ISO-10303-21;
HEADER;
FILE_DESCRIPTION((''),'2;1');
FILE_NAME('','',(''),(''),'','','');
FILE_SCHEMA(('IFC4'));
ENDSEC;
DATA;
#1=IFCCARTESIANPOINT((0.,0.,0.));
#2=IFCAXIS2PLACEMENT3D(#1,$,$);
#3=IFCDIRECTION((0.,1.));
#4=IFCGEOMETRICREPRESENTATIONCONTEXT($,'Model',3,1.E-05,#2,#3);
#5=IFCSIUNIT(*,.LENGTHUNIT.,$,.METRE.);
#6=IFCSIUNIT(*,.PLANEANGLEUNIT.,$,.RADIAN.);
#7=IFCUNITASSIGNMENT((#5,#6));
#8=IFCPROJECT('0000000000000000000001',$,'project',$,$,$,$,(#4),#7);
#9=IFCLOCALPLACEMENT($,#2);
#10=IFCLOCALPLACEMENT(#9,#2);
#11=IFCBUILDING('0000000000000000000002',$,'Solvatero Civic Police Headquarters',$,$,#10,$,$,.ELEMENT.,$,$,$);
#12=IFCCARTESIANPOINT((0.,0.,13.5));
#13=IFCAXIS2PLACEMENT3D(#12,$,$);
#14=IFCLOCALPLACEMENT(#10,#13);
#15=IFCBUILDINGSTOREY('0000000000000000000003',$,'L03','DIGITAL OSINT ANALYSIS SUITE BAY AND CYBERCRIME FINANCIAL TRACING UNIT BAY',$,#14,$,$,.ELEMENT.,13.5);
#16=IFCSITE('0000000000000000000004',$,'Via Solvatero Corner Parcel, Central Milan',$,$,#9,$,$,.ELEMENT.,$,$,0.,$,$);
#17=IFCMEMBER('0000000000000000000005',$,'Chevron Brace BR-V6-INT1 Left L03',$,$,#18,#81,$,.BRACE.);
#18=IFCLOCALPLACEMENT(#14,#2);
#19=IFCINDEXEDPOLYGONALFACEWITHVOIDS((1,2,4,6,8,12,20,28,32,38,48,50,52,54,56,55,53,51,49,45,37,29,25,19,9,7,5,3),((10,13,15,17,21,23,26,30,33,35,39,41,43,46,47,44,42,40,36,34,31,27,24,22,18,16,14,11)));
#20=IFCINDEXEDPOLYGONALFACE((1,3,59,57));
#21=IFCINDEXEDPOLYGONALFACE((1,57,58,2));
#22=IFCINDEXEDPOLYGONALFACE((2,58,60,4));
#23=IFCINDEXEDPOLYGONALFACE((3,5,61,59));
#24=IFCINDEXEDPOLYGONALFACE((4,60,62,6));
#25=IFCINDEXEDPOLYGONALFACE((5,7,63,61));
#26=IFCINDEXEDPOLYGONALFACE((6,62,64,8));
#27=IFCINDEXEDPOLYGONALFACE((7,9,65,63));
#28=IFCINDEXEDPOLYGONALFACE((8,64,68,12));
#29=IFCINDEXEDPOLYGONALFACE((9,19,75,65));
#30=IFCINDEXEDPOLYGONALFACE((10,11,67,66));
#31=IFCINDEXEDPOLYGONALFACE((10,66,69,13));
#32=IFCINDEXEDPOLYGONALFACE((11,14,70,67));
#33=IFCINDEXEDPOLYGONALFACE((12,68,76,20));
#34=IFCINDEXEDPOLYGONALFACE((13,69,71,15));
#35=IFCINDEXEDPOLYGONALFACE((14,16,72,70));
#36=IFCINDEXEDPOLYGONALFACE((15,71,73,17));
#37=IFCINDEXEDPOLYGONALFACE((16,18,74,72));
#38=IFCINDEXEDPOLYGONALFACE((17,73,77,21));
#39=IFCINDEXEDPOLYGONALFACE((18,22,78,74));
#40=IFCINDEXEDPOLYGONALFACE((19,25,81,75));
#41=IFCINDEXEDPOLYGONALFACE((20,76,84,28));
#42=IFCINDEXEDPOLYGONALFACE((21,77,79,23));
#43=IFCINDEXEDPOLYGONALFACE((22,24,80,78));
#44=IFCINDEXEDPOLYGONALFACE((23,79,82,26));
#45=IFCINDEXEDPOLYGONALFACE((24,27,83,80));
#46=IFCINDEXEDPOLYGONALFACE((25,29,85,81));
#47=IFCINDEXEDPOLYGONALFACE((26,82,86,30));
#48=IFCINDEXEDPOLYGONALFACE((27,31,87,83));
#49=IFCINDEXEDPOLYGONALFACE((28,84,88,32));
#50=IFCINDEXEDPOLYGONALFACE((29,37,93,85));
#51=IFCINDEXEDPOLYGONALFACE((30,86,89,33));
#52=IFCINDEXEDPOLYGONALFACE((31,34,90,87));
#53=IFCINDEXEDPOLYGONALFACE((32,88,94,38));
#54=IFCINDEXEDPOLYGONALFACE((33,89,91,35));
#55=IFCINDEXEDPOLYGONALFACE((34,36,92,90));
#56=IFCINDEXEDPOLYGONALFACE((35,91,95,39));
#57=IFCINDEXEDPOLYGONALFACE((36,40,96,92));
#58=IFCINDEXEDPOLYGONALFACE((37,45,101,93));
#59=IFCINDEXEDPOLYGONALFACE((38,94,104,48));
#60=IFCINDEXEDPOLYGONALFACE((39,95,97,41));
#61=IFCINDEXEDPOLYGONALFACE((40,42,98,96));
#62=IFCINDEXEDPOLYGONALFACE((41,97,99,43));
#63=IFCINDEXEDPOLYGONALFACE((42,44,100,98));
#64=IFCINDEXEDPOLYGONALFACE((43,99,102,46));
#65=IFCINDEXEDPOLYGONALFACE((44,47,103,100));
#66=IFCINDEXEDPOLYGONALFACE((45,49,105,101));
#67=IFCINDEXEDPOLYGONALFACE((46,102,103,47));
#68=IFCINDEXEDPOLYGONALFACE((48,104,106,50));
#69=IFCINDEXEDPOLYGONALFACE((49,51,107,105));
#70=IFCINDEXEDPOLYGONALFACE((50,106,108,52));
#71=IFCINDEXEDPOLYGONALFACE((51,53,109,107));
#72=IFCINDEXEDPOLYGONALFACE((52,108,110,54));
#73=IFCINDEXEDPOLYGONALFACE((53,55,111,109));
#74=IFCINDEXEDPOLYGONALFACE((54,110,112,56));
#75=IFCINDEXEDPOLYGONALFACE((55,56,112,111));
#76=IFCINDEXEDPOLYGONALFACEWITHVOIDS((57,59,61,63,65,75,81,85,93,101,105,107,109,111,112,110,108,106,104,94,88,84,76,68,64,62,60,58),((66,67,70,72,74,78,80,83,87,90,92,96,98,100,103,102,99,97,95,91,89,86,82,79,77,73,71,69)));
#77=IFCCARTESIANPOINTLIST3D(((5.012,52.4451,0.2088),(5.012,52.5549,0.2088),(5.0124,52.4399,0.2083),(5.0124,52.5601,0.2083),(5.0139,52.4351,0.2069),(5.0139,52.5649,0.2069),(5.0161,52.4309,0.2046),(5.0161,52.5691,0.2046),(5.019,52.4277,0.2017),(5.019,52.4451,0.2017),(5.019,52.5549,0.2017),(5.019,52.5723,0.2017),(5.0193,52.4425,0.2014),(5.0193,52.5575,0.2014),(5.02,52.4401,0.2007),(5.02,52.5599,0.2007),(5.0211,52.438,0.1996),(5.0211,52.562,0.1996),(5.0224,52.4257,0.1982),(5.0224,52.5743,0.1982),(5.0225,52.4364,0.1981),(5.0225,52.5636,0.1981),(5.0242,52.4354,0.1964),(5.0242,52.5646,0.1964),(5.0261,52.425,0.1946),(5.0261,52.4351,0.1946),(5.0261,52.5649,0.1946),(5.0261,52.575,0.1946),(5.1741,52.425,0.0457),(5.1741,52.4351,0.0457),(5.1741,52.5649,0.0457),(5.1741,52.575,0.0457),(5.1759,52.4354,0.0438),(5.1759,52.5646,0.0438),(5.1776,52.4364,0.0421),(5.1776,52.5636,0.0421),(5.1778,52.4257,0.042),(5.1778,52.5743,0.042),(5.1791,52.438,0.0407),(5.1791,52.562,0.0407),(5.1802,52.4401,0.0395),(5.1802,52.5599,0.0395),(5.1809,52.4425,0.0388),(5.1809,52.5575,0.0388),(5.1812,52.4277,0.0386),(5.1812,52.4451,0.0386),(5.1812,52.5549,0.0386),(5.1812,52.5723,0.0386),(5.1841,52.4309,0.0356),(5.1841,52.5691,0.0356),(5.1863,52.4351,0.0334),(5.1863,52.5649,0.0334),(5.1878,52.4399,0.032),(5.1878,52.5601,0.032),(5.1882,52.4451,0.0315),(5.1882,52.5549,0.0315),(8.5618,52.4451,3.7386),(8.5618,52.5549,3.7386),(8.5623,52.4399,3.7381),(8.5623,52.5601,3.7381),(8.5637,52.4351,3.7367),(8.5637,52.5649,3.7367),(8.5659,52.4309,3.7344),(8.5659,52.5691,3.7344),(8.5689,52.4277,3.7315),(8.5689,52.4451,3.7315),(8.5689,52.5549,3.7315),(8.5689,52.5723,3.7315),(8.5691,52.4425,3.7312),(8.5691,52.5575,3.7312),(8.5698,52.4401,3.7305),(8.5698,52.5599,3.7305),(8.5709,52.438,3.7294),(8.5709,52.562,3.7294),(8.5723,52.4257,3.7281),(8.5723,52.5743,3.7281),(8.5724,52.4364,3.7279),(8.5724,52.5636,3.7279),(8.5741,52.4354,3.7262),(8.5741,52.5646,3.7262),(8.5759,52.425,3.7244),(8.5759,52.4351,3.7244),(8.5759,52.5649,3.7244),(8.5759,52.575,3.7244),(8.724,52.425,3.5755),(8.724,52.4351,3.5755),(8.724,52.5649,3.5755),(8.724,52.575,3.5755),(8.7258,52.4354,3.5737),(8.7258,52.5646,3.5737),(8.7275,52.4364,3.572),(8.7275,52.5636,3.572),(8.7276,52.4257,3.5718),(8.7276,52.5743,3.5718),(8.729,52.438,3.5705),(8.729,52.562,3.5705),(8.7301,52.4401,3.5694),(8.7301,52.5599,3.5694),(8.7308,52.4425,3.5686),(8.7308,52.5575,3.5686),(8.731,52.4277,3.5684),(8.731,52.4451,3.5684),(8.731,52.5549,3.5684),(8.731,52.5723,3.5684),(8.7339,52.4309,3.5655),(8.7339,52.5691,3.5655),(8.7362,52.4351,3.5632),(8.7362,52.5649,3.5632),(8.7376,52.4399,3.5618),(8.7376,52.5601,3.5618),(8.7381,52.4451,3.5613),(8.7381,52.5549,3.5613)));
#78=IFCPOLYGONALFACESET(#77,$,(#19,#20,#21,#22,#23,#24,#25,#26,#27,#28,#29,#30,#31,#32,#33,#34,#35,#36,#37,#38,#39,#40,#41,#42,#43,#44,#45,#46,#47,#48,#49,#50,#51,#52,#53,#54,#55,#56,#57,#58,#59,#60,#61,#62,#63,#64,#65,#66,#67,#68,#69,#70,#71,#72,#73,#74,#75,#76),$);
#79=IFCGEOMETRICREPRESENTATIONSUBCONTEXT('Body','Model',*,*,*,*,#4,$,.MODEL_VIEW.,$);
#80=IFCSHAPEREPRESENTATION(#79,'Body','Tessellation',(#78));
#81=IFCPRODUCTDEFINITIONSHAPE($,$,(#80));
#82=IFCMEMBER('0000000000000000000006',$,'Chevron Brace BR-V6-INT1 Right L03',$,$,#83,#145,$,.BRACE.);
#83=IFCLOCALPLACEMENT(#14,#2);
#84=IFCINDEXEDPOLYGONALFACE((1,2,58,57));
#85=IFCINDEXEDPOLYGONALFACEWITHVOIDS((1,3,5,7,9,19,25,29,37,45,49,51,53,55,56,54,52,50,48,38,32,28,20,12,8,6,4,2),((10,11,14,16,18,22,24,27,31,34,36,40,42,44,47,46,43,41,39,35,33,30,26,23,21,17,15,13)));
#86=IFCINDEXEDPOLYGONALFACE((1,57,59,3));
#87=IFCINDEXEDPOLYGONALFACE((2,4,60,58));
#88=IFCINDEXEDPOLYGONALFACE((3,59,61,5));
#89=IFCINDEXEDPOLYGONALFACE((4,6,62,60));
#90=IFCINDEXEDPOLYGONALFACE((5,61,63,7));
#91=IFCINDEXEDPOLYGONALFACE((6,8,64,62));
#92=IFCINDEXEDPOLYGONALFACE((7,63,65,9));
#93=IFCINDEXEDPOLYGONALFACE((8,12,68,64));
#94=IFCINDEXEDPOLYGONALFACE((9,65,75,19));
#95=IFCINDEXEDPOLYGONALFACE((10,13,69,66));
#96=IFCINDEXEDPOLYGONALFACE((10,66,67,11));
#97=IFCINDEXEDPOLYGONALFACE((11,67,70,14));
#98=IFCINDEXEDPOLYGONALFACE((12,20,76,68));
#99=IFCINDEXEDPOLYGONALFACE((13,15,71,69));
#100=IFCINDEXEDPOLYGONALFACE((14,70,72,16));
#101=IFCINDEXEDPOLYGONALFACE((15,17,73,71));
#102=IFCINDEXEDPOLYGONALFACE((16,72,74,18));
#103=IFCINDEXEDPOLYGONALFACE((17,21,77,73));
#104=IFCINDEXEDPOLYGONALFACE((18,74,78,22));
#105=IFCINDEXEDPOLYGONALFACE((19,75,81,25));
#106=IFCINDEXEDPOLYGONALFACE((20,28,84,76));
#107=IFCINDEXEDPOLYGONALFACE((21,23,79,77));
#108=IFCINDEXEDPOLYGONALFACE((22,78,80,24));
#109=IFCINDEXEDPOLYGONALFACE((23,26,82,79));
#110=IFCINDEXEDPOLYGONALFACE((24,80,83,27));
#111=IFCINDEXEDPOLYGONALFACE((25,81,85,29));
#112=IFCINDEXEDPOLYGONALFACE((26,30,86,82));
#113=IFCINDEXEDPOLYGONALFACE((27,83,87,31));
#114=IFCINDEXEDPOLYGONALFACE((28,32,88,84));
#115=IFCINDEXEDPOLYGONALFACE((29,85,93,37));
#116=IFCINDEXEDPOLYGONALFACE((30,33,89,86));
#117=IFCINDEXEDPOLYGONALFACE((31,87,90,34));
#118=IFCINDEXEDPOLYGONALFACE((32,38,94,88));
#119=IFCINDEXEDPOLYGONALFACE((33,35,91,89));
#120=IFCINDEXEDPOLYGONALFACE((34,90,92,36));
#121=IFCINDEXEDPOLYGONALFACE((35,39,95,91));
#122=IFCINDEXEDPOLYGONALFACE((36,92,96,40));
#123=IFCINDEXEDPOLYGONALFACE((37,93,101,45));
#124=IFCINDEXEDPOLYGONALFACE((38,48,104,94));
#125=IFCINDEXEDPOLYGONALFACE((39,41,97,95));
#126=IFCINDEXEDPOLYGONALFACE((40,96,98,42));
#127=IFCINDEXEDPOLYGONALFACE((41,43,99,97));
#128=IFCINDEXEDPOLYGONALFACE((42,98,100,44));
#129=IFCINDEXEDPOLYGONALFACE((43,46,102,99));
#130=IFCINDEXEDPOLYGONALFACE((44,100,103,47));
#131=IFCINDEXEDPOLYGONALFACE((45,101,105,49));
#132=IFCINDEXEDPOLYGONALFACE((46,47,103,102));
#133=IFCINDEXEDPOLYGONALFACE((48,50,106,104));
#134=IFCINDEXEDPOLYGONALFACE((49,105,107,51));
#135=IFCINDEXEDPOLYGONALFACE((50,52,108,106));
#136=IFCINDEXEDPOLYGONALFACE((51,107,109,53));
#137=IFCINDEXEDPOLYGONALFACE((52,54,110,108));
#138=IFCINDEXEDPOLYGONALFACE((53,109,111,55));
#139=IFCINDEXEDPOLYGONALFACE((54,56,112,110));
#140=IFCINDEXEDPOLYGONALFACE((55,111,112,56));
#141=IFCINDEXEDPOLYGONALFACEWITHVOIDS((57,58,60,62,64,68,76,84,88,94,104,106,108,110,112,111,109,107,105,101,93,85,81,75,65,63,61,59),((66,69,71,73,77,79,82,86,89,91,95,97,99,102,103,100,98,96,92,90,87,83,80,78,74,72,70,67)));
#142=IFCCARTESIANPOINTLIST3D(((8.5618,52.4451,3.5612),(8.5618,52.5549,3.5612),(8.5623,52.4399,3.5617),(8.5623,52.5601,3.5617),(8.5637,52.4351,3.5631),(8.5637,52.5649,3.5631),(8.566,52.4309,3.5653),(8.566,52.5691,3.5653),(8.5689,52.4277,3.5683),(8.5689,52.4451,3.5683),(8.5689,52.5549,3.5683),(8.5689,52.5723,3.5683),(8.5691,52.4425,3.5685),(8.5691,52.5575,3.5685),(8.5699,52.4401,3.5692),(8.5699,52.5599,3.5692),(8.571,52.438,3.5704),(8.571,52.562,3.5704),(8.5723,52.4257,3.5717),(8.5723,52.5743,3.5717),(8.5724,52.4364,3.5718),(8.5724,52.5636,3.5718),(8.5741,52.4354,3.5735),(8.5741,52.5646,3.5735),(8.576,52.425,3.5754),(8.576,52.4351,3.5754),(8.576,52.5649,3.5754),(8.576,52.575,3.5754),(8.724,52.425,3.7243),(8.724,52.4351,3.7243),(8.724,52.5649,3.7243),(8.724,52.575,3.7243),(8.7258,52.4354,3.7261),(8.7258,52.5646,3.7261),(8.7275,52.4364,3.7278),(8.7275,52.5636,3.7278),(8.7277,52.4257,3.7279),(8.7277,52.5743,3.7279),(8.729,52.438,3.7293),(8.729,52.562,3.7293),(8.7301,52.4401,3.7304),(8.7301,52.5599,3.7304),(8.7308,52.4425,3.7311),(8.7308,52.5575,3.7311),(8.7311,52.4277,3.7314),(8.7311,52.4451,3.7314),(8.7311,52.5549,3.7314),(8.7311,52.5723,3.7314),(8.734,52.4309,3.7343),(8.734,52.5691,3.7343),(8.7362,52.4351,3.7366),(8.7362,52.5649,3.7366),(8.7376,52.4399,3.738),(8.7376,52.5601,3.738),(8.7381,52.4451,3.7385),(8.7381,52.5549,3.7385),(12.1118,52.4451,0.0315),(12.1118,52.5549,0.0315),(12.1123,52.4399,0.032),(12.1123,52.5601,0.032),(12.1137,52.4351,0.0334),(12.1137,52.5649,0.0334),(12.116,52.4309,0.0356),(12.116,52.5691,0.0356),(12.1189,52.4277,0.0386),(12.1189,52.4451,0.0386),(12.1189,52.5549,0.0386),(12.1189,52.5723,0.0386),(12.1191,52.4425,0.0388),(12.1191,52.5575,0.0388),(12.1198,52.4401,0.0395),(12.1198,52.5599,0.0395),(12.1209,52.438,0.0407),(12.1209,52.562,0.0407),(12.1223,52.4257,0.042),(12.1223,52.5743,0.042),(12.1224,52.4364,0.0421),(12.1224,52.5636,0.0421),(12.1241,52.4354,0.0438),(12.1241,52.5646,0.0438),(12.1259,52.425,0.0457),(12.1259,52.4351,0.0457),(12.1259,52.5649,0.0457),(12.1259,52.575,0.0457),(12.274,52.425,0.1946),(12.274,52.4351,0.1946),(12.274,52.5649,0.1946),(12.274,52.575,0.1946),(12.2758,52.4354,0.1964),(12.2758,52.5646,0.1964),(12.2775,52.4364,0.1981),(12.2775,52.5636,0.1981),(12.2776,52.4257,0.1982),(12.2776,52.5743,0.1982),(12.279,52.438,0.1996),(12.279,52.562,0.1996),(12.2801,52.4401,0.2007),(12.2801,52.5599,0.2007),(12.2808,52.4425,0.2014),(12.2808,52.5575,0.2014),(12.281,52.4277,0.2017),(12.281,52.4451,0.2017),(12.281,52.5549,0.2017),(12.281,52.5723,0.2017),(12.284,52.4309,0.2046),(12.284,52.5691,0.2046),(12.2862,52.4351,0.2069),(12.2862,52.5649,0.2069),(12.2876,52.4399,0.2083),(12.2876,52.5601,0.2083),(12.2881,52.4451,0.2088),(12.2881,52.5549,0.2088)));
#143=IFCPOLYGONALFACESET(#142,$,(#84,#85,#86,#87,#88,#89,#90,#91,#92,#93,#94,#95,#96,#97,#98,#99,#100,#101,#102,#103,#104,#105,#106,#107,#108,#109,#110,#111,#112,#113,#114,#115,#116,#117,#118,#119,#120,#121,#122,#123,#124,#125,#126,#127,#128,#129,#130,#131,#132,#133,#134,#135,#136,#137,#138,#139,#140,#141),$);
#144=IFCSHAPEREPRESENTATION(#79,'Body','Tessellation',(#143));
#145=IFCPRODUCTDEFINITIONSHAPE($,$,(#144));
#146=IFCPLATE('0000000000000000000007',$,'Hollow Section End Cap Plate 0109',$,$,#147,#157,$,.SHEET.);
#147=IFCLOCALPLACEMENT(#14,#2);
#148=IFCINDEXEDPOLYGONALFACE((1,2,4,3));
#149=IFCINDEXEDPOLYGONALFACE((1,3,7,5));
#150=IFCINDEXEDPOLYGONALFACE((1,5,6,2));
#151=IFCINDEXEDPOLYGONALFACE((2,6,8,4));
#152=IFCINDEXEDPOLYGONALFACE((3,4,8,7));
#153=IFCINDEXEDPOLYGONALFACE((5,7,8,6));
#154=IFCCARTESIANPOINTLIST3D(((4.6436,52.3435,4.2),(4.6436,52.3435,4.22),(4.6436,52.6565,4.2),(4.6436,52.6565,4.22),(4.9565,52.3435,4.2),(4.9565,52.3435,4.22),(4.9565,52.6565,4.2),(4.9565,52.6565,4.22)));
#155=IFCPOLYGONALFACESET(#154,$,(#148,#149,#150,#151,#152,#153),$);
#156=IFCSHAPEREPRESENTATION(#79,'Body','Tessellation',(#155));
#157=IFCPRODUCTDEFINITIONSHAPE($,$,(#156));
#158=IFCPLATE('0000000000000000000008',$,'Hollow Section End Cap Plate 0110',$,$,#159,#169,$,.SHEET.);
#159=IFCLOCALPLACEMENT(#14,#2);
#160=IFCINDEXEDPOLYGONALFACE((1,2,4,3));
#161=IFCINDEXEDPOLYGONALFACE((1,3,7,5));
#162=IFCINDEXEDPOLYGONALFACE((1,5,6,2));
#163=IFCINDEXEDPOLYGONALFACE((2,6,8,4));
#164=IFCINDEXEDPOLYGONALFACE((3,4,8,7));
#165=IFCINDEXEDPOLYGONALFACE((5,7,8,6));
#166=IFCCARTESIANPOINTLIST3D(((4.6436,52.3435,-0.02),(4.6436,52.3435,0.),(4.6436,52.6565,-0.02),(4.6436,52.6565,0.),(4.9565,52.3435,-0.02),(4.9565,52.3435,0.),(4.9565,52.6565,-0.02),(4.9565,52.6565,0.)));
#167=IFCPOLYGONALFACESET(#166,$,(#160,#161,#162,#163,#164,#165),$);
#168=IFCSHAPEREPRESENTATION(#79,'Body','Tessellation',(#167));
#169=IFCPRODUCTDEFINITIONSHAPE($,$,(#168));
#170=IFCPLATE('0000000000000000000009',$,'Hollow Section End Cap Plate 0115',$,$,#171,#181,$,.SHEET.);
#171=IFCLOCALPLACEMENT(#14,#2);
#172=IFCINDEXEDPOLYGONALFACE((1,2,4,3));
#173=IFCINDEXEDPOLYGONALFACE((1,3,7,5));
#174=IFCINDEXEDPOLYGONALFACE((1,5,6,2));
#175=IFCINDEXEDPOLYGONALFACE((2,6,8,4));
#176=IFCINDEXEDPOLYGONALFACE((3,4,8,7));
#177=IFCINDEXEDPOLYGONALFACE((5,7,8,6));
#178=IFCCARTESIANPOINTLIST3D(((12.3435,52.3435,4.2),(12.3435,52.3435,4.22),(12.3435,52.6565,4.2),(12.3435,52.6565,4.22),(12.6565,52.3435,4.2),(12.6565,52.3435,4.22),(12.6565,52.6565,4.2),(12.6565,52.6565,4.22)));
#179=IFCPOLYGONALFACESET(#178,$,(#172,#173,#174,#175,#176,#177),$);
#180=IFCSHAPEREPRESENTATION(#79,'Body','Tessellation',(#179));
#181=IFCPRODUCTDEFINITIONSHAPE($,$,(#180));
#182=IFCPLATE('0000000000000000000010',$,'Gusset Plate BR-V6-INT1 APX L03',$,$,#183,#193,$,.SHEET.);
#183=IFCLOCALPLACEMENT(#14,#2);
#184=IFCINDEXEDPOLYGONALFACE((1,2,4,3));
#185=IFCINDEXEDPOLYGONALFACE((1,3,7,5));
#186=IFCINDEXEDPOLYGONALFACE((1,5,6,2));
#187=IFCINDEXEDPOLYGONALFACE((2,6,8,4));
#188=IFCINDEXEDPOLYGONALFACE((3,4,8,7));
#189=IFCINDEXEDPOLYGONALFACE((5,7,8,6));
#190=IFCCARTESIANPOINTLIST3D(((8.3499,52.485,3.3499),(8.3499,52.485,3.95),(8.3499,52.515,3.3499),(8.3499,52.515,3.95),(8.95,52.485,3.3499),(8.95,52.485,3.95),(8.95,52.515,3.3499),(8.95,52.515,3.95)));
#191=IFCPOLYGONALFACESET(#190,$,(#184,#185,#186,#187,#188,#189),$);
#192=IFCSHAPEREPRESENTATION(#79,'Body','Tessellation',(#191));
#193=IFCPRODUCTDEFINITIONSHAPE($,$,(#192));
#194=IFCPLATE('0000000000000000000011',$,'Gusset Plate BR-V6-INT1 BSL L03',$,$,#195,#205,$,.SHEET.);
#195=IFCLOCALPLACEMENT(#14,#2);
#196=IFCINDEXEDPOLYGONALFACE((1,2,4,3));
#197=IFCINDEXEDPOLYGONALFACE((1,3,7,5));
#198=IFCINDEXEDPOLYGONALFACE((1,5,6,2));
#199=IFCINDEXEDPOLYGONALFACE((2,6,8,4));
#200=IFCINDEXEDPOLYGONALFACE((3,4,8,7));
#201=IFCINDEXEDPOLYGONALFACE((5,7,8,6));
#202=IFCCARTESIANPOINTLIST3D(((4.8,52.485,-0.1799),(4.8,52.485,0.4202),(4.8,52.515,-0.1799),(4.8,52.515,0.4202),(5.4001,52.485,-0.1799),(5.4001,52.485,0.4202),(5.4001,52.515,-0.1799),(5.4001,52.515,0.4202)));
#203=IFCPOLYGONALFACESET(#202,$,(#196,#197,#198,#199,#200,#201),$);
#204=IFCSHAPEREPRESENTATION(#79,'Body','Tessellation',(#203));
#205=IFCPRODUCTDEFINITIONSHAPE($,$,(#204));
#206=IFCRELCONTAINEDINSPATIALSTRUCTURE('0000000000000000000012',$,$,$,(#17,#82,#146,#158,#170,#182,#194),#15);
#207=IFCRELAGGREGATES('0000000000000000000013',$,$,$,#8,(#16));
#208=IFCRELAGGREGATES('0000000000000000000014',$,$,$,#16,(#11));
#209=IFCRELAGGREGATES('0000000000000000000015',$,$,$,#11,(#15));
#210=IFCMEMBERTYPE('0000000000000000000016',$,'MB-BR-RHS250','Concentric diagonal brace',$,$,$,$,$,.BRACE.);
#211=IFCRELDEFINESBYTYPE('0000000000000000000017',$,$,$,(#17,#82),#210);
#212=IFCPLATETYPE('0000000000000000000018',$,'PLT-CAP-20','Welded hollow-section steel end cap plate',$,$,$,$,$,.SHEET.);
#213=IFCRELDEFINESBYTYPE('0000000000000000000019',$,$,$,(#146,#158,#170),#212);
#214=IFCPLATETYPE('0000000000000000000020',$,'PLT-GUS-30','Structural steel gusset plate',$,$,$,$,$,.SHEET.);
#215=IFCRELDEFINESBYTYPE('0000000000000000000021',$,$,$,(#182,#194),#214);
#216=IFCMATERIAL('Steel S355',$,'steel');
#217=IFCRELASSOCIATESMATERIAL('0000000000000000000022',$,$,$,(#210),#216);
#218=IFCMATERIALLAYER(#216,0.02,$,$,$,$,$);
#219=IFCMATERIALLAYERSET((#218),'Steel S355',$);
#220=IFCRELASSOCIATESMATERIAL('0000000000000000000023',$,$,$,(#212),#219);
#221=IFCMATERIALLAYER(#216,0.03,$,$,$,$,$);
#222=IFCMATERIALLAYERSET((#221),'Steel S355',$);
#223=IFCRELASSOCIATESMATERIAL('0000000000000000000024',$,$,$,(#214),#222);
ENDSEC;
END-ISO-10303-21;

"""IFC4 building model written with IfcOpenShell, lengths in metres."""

from ifc_helpers import new_model, si_unit, direction, frame, origin, origin_2d, place, context, subcontext, project, spatial, rectangle, hollow_rectangle, extrude, material, layer, layer_set, material_profile, profile_set, type_object, element, save


model = new_model("IFC4")

# Units and contexts
model_context = context("Model", 3, precision=1e-05, world=origin(), true_north=direction((0.0, 1.0)))
body_context = subcontext(model_context, "Body", "Model", "MODEL_VIEW")
ifc_project = project(units=[si_unit("LENGTHUNIT", "METRE"), si_unit("PLANEANGLEUNIT", "RADIAN")], contexts=[model_context])

# Site, building, storey
site_placement = place(None, origin())
site = spatial("IfcSite", under=ifc_project, at=site_placement, Name="Via Solvatero Corner Parcel, Central Milan", CompositionType="ELEMENT", RefElevation=0.0)
building_placement = place(site_placement, origin())
building = spatial("IfcBuilding", under=site, at=building_placement, Name="Solvatero Civic Police Headquarters", CompositionType="ELEMENT")
storey_placement = place(building_placement, frame((0.0, 0.0, 13.5)))
storey = spatial("IfcBuildingStorey", under=building, at=storey_placement, Name="L03", Description="DIGITAL OSINT ANALYSIS SUITE BAY AND CYBERCRIME FINANCIAL TRACING UNIT BAY", CompositionType="ELEMENT", Elevation=13.5)

# Shared definitions
ifc_material_1 = material(Name="Steel S355", Category="steel")

# Members
ifc_material_profile_1 = material_profile(ifc_material_1, hollow_rectangle(XDim=0.1499, YDim=0.25, WallThickness=0.01, InnerFilletRadius=0.01, OuterFilletRadius=0.02, at=origin_2d()), Name="RHS 250x150x10.0")
ifc_profile_set_1 = profile_set([ifc_material_profile_1], Name="Steel S355")
member_type = type_object("IfcMemberType", Name="MB-BR-RHS250", Description="Concentric diagonal brace", PredefinedType="BRACE", material=ifc_profile_set_1)
for number, where, z_axis, x_axis, name in (
    (1, (5.1001, 52.5, 0.1201), (0.709103, 0.0, 0.705104), (0.0, 1.0, 0.0), "Chevron Brace BR-V6-INT1 Left L03"),
    (2, (12.2, 52.5, 0.1201), (-0.709128, 0.0, 0.70508), (0.0, -1.0, 0.0), "Chevron Brace BR-V6-INT1 Right L03"),
):
    element("IfcMember", number, at=place(storey_placement, frame(where, z_axis=z_axis, x_axis=x_axis)), inside=storey, type_object=member_type, Name=name, PredefinedType="BRACE", context=body_context, shape_type="SweptSolid", body=[
        extrude(hollow_rectangle(XDim=0.1499, YDim=0.25, WallThickness=0.01, InnerFilletRadius=0.01, OuterFilletRadius=0.02, at=origin_2d()), origin(), (0.0, 0.0, 1.0), 5.0061),
    ])

# Plates
ifc_layer_1 = layer(ifc_material_1, 0.02)
ifc_layer_set_1 = layer_set([ifc_layer_1], Name="Steel S355")
plate_type_1 = type_object("IfcPlateType", Name="PLT-CAP-20", Description="Welded hollow-section steel end cap plate", PredefinedType="SHEET", material=ifc_layer_set_1)
for number, where, z_axis, x_axis, name in (
    (3, (4.8, 52.5, 4.2), (0.0, 0.0, 1.0), (1.0, 0.0, 0.0), "Hollow Section End Cap Plate 0109"),
    (4, (4.8, 52.5, -0.02), (0.0, 0.0, 1.0), (1.0, 0.0, 0.0), "Hollow Section End Cap Plate 0110"),
    (5, (12.5, 52.5, 4.2), (0.0, 0.0, 1.0), (1.0, 0.0, 0.0), "Hollow Section End Cap Plate 0115"),
):
    element("IfcPlate", number, at=place(storey_placement, frame(where, z_axis=z_axis, x_axis=x_axis)), inside=storey, type_object=plate_type_1, Name=name, PredefinedType="SHEET", context=body_context, shape_type="SweptSolid", body=[
        extrude(rectangle(XDim=0.313, YDim=0.313, at=origin_2d()), origin(), (0.0, 0.0, 1.0), 0.02),
    ])
ifc_layer_2 = layer(ifc_material_1, 0.03)
ifc_layer_set_2 = layer_set([ifc_layer_2], Name="Steel S355")
plate_type_2 = type_object("IfcPlateType", Name="PLT-GUS-30", Description="Structural steel gusset plate", PredefinedType="SHEET", material=ifc_layer_set_2)
for number, where, z_axis, x_axis, name in (
    (6, (8.6499, 52.5, 3.3499), (0.0, 0.0, 1.0), (1.0, 0.0, 0.0), "Gusset Plate BR-V6-INT1 APX L03"),
    (7, (5.1001, 52.5, -0.1799), (0.0, 0.0, 1.0), (1.0, 0.0, 0.0), "Gusset Plate BR-V6-INT1 BSL L03"),
):
    element("IfcPlate", number, at=place(storey_placement, frame(where, z_axis=z_axis, x_axis=x_axis)), inside=storey, type_object=plate_type_2, Name=name, PredefinedType="SHEET", context=body_context, shape_type="SweptSolid", body=[
        extrude(rectangle(XDim=0.6001, YDim=0.03, at=origin_2d()), origin(), (0.0, 0.0, 1.0), 0.6001),
    ])

save(model, "model.ifc")
